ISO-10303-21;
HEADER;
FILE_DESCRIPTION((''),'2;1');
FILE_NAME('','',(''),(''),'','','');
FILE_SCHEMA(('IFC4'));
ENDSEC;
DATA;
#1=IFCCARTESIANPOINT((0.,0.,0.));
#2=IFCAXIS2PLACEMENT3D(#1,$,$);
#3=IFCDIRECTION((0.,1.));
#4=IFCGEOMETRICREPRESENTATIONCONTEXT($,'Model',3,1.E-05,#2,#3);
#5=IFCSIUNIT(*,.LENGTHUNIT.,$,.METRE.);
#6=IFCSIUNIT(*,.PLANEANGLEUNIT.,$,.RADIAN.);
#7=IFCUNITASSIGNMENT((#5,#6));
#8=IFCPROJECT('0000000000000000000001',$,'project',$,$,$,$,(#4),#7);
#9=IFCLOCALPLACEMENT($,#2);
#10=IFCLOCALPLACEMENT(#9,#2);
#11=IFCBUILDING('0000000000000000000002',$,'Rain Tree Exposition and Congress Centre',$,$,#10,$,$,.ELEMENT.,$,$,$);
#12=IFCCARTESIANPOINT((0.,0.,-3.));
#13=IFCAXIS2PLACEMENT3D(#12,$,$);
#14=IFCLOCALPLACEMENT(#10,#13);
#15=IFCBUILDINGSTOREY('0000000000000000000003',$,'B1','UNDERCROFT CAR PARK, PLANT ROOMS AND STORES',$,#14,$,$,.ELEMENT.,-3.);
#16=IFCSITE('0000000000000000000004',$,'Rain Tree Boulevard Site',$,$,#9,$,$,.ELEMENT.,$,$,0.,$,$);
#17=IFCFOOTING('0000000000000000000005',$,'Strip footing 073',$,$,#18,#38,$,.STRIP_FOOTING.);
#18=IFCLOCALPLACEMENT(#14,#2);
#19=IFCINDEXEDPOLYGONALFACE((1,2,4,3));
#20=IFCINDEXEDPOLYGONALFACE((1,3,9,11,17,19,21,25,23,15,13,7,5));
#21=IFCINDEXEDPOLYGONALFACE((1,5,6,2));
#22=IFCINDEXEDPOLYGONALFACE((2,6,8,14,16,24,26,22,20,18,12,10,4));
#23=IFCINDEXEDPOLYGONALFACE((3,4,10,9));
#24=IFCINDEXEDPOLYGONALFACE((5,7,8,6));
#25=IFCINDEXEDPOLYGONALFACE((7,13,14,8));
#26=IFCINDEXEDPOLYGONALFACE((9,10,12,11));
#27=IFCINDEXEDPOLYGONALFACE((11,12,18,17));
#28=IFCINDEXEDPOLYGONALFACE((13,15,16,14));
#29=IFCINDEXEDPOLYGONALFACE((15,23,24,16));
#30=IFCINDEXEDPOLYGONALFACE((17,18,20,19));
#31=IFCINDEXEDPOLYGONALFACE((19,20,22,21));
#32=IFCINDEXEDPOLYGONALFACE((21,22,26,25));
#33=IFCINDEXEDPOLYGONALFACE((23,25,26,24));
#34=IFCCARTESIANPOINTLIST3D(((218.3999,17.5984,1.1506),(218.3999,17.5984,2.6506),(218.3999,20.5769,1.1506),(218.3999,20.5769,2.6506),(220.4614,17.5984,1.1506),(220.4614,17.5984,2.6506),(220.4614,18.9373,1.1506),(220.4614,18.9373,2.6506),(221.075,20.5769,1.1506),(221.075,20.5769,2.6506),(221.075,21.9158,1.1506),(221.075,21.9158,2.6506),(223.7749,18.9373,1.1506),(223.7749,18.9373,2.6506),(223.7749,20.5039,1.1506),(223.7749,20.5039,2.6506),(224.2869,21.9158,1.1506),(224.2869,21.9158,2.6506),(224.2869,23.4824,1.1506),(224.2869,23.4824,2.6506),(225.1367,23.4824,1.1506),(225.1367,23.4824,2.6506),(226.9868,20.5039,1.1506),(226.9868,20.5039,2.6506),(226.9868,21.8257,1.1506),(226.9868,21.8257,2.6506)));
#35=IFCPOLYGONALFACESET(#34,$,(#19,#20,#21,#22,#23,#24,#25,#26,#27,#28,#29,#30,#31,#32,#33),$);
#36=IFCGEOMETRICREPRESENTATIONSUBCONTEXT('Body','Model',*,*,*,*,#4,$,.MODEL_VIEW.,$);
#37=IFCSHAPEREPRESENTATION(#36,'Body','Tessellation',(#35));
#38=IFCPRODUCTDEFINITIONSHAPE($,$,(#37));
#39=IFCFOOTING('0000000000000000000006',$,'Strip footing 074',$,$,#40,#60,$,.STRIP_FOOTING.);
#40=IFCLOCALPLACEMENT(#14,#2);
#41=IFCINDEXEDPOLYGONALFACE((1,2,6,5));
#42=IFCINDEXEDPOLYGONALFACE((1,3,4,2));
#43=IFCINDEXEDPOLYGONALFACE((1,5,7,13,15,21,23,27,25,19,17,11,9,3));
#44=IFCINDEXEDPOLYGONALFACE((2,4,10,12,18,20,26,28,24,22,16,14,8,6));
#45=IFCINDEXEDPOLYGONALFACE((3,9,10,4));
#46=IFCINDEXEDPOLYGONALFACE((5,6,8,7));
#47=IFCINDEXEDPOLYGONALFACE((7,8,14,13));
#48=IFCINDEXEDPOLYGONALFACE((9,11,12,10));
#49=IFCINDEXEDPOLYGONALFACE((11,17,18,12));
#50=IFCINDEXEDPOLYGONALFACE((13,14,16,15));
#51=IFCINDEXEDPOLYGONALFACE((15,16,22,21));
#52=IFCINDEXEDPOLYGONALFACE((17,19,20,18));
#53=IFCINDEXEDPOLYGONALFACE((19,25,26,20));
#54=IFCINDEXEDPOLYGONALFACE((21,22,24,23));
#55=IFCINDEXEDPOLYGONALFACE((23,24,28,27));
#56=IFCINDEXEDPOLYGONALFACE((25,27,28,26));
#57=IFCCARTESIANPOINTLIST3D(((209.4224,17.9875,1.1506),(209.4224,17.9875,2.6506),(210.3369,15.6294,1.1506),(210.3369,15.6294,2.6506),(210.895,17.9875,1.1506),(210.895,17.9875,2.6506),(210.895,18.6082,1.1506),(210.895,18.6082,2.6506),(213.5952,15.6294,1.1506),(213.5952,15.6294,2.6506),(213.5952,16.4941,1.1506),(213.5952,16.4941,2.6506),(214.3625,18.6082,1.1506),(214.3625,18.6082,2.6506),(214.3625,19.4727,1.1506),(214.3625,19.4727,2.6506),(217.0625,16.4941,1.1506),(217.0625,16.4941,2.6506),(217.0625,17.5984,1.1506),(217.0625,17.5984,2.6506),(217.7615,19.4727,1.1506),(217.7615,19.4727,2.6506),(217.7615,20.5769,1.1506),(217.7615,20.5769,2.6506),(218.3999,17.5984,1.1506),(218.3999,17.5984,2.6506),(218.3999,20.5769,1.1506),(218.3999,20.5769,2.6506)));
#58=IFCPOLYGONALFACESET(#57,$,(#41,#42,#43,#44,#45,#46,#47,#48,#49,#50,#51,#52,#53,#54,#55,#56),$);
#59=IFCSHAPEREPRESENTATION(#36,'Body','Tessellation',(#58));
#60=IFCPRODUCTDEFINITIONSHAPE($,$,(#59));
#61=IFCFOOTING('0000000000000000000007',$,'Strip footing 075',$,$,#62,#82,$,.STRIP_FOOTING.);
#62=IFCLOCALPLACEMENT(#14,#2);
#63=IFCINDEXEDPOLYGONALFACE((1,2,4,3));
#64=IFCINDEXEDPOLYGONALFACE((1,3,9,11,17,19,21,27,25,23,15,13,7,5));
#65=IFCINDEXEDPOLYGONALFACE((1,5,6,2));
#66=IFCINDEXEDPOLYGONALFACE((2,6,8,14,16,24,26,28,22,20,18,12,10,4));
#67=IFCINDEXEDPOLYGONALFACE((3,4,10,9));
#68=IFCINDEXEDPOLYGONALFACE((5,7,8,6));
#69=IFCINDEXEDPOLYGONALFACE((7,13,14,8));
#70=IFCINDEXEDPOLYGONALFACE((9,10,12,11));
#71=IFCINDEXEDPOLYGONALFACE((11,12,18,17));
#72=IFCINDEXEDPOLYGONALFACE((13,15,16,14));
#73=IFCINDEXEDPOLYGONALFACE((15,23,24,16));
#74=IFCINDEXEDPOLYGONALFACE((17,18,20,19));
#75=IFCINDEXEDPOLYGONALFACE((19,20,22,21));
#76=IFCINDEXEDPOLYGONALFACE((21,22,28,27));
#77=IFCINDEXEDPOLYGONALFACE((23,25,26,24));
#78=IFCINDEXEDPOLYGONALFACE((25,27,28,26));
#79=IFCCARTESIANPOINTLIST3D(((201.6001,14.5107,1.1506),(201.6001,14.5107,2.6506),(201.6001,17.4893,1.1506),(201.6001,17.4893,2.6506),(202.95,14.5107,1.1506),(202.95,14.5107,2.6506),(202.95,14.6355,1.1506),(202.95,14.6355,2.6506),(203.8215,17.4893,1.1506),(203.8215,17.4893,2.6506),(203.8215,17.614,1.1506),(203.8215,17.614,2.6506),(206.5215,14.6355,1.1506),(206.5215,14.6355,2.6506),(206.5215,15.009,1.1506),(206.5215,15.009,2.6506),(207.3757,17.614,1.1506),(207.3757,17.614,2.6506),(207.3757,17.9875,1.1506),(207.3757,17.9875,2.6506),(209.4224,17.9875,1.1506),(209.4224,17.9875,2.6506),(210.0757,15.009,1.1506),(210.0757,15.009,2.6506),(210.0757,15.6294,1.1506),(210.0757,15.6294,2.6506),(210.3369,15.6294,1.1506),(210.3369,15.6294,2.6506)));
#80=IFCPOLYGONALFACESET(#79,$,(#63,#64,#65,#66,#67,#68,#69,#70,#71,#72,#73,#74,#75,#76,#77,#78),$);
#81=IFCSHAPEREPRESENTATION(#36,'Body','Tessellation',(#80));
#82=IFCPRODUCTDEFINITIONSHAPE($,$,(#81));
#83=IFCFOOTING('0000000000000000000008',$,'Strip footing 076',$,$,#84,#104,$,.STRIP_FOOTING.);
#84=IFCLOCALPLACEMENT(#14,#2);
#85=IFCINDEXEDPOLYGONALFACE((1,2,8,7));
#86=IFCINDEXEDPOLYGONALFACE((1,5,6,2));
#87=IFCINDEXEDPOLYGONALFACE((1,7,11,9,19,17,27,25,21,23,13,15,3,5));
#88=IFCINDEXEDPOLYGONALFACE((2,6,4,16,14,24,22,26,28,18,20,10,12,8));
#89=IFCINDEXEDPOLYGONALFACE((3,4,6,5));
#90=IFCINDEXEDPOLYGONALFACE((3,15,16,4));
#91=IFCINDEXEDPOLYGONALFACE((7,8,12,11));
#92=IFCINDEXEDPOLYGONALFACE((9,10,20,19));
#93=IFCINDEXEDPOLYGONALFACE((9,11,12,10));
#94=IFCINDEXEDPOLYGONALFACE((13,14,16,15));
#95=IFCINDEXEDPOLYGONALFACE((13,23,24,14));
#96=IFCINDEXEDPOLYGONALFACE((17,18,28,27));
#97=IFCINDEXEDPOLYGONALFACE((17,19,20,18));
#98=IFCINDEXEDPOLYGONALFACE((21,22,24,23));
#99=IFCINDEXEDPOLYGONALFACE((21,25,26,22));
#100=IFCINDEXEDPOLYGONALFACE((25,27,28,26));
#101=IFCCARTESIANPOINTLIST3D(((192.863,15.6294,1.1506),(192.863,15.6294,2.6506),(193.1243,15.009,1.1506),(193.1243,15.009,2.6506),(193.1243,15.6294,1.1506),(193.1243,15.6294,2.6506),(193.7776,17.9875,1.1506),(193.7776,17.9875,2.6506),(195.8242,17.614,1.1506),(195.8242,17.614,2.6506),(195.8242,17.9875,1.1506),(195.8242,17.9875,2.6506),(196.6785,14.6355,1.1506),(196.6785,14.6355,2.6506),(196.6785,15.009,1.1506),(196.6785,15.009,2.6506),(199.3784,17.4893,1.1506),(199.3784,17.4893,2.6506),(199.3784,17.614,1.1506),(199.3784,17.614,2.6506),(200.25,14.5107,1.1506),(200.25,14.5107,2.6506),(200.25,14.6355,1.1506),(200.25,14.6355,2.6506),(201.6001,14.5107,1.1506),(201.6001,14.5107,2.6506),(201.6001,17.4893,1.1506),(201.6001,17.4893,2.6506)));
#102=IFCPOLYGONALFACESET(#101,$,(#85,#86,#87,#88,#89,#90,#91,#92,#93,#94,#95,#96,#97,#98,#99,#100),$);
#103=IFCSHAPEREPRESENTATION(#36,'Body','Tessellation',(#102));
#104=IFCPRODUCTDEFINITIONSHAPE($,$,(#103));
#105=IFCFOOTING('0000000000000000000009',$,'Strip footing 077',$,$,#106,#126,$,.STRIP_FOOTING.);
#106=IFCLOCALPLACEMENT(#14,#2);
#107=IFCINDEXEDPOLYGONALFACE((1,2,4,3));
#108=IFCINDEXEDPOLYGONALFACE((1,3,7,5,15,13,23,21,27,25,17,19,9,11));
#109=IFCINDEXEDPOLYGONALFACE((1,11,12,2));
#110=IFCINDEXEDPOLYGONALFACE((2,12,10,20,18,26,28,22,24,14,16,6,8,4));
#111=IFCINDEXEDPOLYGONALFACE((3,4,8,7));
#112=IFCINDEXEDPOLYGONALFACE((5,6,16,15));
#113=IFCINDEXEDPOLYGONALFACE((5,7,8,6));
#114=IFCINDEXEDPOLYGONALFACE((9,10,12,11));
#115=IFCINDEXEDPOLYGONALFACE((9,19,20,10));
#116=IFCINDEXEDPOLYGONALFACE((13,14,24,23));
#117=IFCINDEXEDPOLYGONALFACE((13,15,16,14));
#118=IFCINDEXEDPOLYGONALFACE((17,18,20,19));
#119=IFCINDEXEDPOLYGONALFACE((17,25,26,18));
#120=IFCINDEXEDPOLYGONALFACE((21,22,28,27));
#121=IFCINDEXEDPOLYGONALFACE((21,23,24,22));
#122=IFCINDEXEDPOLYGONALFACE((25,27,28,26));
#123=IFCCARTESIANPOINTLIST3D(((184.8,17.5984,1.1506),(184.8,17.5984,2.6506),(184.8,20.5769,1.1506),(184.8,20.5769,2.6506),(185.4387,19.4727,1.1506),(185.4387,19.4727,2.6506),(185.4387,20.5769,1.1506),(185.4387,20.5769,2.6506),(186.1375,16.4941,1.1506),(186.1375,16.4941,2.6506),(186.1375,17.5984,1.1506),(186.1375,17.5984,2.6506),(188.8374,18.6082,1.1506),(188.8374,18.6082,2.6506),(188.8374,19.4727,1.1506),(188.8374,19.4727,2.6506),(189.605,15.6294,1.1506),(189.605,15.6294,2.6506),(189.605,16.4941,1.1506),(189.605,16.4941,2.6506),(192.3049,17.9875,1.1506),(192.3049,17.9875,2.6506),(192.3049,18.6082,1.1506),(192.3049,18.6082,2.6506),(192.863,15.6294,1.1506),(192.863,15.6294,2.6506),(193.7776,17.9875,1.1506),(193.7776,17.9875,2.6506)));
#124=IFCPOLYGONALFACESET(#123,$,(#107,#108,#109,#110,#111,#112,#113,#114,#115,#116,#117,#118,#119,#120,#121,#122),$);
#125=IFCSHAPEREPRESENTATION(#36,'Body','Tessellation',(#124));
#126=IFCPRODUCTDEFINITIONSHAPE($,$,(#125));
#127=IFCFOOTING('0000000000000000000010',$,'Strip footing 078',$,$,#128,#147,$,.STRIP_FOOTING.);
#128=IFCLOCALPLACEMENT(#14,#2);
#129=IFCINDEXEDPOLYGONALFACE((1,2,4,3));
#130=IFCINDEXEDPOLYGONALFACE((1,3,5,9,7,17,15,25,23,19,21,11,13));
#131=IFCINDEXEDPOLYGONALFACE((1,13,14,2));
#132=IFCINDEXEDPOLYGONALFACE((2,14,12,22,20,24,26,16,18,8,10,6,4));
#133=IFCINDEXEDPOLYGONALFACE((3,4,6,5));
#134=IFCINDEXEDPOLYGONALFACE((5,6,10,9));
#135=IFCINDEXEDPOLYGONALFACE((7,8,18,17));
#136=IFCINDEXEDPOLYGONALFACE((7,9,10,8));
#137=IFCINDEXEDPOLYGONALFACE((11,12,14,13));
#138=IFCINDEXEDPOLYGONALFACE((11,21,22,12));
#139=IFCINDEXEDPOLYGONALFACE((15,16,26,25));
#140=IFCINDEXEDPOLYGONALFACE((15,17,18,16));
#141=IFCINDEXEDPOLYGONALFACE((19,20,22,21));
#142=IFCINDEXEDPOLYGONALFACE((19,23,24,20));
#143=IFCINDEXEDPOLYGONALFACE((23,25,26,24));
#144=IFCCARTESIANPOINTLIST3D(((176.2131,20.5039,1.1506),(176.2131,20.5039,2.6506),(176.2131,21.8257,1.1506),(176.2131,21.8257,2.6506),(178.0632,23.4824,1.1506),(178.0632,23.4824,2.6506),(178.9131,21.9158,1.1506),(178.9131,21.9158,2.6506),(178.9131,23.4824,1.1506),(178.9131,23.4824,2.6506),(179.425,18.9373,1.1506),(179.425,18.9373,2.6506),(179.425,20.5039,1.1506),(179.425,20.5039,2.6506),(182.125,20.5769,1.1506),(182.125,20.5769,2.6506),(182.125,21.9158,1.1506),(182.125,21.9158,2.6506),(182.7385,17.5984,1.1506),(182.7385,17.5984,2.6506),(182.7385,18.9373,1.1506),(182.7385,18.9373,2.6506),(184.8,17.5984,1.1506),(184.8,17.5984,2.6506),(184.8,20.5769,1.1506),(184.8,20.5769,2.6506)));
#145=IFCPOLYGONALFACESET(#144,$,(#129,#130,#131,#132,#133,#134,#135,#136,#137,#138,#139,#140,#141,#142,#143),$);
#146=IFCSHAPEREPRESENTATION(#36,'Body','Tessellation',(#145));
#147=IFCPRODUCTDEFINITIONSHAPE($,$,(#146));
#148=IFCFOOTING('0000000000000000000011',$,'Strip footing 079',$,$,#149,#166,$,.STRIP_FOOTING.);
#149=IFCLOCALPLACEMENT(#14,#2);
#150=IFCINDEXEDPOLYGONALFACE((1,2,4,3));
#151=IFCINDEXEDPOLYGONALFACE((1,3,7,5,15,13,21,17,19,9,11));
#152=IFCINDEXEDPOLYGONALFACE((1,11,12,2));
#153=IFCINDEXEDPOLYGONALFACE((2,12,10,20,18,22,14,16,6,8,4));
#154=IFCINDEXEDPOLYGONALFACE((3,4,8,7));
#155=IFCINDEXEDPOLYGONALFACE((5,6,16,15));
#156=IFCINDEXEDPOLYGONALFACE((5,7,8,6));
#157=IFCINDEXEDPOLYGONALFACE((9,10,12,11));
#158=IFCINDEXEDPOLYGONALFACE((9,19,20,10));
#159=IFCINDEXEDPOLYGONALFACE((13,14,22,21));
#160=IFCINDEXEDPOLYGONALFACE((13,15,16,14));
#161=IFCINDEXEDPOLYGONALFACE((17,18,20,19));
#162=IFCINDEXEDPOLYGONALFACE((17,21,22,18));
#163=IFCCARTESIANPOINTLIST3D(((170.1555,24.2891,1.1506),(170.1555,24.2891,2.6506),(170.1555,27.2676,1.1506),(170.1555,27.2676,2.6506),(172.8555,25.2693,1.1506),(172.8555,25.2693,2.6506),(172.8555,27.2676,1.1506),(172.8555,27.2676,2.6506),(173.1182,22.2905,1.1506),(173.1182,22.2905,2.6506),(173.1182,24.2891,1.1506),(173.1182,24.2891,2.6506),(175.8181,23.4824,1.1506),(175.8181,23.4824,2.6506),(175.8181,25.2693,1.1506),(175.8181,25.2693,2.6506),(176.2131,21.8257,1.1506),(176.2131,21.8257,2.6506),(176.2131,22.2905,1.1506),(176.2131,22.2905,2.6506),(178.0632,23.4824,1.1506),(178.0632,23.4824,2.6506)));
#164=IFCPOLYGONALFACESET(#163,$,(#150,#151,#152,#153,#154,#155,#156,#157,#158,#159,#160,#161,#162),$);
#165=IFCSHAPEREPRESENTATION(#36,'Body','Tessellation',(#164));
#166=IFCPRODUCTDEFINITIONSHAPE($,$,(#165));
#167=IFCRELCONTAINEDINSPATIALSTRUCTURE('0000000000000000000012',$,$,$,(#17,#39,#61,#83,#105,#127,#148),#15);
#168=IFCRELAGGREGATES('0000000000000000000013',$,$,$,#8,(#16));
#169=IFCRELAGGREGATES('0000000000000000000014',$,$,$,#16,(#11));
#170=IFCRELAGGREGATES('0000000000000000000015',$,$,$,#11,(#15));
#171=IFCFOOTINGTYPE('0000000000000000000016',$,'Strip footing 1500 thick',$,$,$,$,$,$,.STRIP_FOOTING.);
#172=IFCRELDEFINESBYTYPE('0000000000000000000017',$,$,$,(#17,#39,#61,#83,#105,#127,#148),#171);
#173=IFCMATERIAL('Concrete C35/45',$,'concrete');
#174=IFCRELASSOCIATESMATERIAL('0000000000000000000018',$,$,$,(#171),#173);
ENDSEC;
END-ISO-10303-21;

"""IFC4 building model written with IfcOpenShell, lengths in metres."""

from ifc_helpers import new_model, si_unit, direction, frame, origin, place, context, subcontext, project, spatial, polyline, outline, extrude, material, type_object, element, save


model = new_model("IFC4")

# Units and contexts
model_context = context("Model", 3, precision=1e-05, world=origin(), true_north=direction((0.0, 1.0)))
body_context = subcontext(model_context, "Body", "Model", "MODEL_VIEW")
ifc_project = project(units=[si_unit("LENGTHUNIT", "METRE"), si_unit("PLANEANGLEUNIT", "RADIAN")], contexts=[model_context])

# Site, building, storey
site_placement = place(None, origin())
site = spatial("IfcSite", under=ifc_project, at=site_placement, Name="Rain Tree Boulevard Site", CompositionType="ELEMENT", RefElevation=0.0)
building_placement = place(site_placement, origin())
building = spatial("IfcBuilding", under=site, at=building_placement, Name="Rain Tree Exposition and Congress Centre", CompositionType="ELEMENT")
storey_placement = place(building_placement, frame((0.0, 0.0, -3.0)))
storey = spatial("IfcBuildingStorey", under=building, at=storey_placement, Name="B1", Description="UNDERCROFT CAR PARK, PLANT ROOMS AND STORES", CompositionType="ELEMENT", Elevation=-3.0)

# Footings
ifc_material_1 = material(Name="Concrete C35/45", Category="concrete")
footing_type_1 = type_object("IfcFootingType", Name="Strip footing 1500 thick", PredefinedType="STRIP_FOOTING", material=ifc_material_1)
footing_1_placement = place(storey_placement, frame((0.0, 0.0, 1.1506)))
element("IfcFooting", 1, at=footing_1_placement, inside=storey, type_object=footing_type_1, Name="Strip footing 073", PredefinedType="STRIP_FOOTING", context=body_context, shape_type="SweptSolid", body=[
    extrude(outline(polyline([(226.9868, 21.8257), (225.1367, 23.4824), (224.2869, 23.4824), (224.2869, 21.9158), (221.075, 21.9158), (221.075, 20.5769), (218.3999, 20.5769), (218.3999, 17.5984), (220.4614, 17.5984), (220.4614, 18.9373), (223.7749, 18.9373), (223.7749, 20.5039), (226.9868, 20.5039), (226.9868, 21.8257)])), origin(), (0.0, 0.0, 1.0), 1.5),
])
footing_2_placement = place(storey_placement, frame((0.0, 0.0, 1.1506)))
element("IfcFooting", 2, at=footing_2_placement, inside=storey, type_object=footing_type_1, Name="Strip footing 074", PredefinedType="STRIP_FOOTING", context=body_context, shape_type="SweptSolid", body=[
    extrude(outline(polyline([(218.3999, 17.5984), (218.3999, 20.5769), (217.7615, 20.5769), (217.7615, 19.4727), (214.3625, 19.4727), (214.3625, 18.6082), (210.895, 18.6082), (210.895, 17.9875), (209.4224, 17.9875), (210.3369, 15.6294), (213.5952, 15.6294), (213.5952, 16.4941), (217.0625, 16.4941), (217.0625, 17.5984), (218.3999, 17.5984)])), origin(), (0.0, 0.0, 1.0), 1.5),
])
footing_3_placement = place(storey_placement, frame((0.0, 0.0, 1.1506)))
element("IfcFooting", 3, at=footing_3_placement, inside=storey, type_object=footing_type_1, Name="Strip footing 075", PredefinedType="STRIP_FOOTING", context=body_context, shape_type="SweptSolid", body=[
    extrude(outline(polyline([(210.3369, 15.6294), (209.4224, 17.9875), (207.3757, 17.9875), (207.3757, 17.614), (203.8215, 17.614), (203.8215, 17.4893), (201.6001, 17.4893), (201.6001, 14.5107), (202.95, 14.5107), (202.95, 14.6355), (206.5215, 14.6355), (206.5215, 15.009), (210.0757, 15.009), (210.0757, 15.6294), (210.3369, 15.6294)])), origin(), (0.0, 0.0, 1.0), 1.5),
])
footing_4_placement = place(storey_placement, frame((0.0, 0.0, 1.1506)))
element("IfcFooting", 4, at=footing_4_placement, inside=storey, type_object=footing_type_1, Name="Strip footing 076", PredefinedType="STRIP_FOOTING", context=body_context, shape_type="SweptSolid", body=[
    extrude(outline(polyline([(201.6001, 14.5107), (201.6001, 17.4893), (199.3784, 17.4893), (199.3784, 17.614), (195.8242, 17.614), (195.8242, 17.9875), (193.7776, 17.9875), (192.863, 15.6294), (193.1243, 15.6294), (193.1243, 15.009), (196.6785, 15.009), (196.6785, 14.6355), (200.25, 14.6355), (200.25, 14.5107), (201.6001, 14.5107)])), origin(), (0.0, 0.0, 1.0), 1.5),
])
footing_5_placement = place(storey_placement, frame((0.0, 0.0, 1.1506)))
element("IfcFooting", 5, at=footing_5_placement, inside=storey, type_object=footing_type_1, Name="Strip footing 077", PredefinedType="STRIP_FOOTING", context=body_context, shape_type="SweptSolid", body=[
    extrude(outline(polyline([(192.863, 15.6294), (193.7776, 17.9875), (192.3049, 17.9875), (192.3049, 18.6082), (188.8374, 18.6082), (188.8374, 19.4727), (185.4387, 19.4727), (185.4387, 20.5769), (184.8, 20.5769), (184.8, 17.5984), (186.1375, 17.5984), (186.1375, 16.4941), (189.605, 16.4941), (189.605, 15.6294), (192.863, 15.6294)])), origin(), (0.0, 0.0, 1.0), 1.5),
])
footing_6_placement = place(storey_placement, frame((0.0, 0.0, 1.1506)))
element("IfcFooting", 6, at=footing_6_placement, inside=storey, type_object=footing_type_1, Name="Strip footing 078", PredefinedType="STRIP_FOOTING", context=body_context, shape_type="SweptSolid", body=[
    extrude(outline(polyline([(184.8, 17.5984), (184.8, 20.5769), (182.125, 20.5769), (182.125, 21.9158), (178.9131, 21.9158), (178.9131, 23.4824), (178.0632, 23.4824), (176.2131, 21.8257), (176.2131, 20.5039), (179.425, 20.5039), (179.425, 18.9373), (182.7385, 18.9373), (182.7385, 17.5984), (184.8, 17.5984)])), origin(), (0.0, 0.0, 1.0), 1.5),
])
footing_7_placement = place(storey_placement, frame((0.0, 0.0, 1.1506)))
element("IfcFooting", 7, at=footing_7_placement, inside=storey, type_object=footing_type_1, Name="Strip footing 079", PredefinedType="STRIP_FOOTING", context=body_context, shape_type="SweptSolid", body=[
    extrude(outline(polyline([(176.2131, 21.8257), (178.0632, 23.4824), (175.8181, 23.4824), (175.8181, 25.2693), (172.8555, 25.2693), (172.8555, 27.2676), (170.1555, 27.2676), (170.1555, 24.2891), (173.1182, 24.2891), (173.1182, 22.2905), (176.2131, 22.2905), (176.2131, 21.8257)])), origin(), (0.0, 0.0, 1.0), 1.5),
])

save(model, "model.ifc")
